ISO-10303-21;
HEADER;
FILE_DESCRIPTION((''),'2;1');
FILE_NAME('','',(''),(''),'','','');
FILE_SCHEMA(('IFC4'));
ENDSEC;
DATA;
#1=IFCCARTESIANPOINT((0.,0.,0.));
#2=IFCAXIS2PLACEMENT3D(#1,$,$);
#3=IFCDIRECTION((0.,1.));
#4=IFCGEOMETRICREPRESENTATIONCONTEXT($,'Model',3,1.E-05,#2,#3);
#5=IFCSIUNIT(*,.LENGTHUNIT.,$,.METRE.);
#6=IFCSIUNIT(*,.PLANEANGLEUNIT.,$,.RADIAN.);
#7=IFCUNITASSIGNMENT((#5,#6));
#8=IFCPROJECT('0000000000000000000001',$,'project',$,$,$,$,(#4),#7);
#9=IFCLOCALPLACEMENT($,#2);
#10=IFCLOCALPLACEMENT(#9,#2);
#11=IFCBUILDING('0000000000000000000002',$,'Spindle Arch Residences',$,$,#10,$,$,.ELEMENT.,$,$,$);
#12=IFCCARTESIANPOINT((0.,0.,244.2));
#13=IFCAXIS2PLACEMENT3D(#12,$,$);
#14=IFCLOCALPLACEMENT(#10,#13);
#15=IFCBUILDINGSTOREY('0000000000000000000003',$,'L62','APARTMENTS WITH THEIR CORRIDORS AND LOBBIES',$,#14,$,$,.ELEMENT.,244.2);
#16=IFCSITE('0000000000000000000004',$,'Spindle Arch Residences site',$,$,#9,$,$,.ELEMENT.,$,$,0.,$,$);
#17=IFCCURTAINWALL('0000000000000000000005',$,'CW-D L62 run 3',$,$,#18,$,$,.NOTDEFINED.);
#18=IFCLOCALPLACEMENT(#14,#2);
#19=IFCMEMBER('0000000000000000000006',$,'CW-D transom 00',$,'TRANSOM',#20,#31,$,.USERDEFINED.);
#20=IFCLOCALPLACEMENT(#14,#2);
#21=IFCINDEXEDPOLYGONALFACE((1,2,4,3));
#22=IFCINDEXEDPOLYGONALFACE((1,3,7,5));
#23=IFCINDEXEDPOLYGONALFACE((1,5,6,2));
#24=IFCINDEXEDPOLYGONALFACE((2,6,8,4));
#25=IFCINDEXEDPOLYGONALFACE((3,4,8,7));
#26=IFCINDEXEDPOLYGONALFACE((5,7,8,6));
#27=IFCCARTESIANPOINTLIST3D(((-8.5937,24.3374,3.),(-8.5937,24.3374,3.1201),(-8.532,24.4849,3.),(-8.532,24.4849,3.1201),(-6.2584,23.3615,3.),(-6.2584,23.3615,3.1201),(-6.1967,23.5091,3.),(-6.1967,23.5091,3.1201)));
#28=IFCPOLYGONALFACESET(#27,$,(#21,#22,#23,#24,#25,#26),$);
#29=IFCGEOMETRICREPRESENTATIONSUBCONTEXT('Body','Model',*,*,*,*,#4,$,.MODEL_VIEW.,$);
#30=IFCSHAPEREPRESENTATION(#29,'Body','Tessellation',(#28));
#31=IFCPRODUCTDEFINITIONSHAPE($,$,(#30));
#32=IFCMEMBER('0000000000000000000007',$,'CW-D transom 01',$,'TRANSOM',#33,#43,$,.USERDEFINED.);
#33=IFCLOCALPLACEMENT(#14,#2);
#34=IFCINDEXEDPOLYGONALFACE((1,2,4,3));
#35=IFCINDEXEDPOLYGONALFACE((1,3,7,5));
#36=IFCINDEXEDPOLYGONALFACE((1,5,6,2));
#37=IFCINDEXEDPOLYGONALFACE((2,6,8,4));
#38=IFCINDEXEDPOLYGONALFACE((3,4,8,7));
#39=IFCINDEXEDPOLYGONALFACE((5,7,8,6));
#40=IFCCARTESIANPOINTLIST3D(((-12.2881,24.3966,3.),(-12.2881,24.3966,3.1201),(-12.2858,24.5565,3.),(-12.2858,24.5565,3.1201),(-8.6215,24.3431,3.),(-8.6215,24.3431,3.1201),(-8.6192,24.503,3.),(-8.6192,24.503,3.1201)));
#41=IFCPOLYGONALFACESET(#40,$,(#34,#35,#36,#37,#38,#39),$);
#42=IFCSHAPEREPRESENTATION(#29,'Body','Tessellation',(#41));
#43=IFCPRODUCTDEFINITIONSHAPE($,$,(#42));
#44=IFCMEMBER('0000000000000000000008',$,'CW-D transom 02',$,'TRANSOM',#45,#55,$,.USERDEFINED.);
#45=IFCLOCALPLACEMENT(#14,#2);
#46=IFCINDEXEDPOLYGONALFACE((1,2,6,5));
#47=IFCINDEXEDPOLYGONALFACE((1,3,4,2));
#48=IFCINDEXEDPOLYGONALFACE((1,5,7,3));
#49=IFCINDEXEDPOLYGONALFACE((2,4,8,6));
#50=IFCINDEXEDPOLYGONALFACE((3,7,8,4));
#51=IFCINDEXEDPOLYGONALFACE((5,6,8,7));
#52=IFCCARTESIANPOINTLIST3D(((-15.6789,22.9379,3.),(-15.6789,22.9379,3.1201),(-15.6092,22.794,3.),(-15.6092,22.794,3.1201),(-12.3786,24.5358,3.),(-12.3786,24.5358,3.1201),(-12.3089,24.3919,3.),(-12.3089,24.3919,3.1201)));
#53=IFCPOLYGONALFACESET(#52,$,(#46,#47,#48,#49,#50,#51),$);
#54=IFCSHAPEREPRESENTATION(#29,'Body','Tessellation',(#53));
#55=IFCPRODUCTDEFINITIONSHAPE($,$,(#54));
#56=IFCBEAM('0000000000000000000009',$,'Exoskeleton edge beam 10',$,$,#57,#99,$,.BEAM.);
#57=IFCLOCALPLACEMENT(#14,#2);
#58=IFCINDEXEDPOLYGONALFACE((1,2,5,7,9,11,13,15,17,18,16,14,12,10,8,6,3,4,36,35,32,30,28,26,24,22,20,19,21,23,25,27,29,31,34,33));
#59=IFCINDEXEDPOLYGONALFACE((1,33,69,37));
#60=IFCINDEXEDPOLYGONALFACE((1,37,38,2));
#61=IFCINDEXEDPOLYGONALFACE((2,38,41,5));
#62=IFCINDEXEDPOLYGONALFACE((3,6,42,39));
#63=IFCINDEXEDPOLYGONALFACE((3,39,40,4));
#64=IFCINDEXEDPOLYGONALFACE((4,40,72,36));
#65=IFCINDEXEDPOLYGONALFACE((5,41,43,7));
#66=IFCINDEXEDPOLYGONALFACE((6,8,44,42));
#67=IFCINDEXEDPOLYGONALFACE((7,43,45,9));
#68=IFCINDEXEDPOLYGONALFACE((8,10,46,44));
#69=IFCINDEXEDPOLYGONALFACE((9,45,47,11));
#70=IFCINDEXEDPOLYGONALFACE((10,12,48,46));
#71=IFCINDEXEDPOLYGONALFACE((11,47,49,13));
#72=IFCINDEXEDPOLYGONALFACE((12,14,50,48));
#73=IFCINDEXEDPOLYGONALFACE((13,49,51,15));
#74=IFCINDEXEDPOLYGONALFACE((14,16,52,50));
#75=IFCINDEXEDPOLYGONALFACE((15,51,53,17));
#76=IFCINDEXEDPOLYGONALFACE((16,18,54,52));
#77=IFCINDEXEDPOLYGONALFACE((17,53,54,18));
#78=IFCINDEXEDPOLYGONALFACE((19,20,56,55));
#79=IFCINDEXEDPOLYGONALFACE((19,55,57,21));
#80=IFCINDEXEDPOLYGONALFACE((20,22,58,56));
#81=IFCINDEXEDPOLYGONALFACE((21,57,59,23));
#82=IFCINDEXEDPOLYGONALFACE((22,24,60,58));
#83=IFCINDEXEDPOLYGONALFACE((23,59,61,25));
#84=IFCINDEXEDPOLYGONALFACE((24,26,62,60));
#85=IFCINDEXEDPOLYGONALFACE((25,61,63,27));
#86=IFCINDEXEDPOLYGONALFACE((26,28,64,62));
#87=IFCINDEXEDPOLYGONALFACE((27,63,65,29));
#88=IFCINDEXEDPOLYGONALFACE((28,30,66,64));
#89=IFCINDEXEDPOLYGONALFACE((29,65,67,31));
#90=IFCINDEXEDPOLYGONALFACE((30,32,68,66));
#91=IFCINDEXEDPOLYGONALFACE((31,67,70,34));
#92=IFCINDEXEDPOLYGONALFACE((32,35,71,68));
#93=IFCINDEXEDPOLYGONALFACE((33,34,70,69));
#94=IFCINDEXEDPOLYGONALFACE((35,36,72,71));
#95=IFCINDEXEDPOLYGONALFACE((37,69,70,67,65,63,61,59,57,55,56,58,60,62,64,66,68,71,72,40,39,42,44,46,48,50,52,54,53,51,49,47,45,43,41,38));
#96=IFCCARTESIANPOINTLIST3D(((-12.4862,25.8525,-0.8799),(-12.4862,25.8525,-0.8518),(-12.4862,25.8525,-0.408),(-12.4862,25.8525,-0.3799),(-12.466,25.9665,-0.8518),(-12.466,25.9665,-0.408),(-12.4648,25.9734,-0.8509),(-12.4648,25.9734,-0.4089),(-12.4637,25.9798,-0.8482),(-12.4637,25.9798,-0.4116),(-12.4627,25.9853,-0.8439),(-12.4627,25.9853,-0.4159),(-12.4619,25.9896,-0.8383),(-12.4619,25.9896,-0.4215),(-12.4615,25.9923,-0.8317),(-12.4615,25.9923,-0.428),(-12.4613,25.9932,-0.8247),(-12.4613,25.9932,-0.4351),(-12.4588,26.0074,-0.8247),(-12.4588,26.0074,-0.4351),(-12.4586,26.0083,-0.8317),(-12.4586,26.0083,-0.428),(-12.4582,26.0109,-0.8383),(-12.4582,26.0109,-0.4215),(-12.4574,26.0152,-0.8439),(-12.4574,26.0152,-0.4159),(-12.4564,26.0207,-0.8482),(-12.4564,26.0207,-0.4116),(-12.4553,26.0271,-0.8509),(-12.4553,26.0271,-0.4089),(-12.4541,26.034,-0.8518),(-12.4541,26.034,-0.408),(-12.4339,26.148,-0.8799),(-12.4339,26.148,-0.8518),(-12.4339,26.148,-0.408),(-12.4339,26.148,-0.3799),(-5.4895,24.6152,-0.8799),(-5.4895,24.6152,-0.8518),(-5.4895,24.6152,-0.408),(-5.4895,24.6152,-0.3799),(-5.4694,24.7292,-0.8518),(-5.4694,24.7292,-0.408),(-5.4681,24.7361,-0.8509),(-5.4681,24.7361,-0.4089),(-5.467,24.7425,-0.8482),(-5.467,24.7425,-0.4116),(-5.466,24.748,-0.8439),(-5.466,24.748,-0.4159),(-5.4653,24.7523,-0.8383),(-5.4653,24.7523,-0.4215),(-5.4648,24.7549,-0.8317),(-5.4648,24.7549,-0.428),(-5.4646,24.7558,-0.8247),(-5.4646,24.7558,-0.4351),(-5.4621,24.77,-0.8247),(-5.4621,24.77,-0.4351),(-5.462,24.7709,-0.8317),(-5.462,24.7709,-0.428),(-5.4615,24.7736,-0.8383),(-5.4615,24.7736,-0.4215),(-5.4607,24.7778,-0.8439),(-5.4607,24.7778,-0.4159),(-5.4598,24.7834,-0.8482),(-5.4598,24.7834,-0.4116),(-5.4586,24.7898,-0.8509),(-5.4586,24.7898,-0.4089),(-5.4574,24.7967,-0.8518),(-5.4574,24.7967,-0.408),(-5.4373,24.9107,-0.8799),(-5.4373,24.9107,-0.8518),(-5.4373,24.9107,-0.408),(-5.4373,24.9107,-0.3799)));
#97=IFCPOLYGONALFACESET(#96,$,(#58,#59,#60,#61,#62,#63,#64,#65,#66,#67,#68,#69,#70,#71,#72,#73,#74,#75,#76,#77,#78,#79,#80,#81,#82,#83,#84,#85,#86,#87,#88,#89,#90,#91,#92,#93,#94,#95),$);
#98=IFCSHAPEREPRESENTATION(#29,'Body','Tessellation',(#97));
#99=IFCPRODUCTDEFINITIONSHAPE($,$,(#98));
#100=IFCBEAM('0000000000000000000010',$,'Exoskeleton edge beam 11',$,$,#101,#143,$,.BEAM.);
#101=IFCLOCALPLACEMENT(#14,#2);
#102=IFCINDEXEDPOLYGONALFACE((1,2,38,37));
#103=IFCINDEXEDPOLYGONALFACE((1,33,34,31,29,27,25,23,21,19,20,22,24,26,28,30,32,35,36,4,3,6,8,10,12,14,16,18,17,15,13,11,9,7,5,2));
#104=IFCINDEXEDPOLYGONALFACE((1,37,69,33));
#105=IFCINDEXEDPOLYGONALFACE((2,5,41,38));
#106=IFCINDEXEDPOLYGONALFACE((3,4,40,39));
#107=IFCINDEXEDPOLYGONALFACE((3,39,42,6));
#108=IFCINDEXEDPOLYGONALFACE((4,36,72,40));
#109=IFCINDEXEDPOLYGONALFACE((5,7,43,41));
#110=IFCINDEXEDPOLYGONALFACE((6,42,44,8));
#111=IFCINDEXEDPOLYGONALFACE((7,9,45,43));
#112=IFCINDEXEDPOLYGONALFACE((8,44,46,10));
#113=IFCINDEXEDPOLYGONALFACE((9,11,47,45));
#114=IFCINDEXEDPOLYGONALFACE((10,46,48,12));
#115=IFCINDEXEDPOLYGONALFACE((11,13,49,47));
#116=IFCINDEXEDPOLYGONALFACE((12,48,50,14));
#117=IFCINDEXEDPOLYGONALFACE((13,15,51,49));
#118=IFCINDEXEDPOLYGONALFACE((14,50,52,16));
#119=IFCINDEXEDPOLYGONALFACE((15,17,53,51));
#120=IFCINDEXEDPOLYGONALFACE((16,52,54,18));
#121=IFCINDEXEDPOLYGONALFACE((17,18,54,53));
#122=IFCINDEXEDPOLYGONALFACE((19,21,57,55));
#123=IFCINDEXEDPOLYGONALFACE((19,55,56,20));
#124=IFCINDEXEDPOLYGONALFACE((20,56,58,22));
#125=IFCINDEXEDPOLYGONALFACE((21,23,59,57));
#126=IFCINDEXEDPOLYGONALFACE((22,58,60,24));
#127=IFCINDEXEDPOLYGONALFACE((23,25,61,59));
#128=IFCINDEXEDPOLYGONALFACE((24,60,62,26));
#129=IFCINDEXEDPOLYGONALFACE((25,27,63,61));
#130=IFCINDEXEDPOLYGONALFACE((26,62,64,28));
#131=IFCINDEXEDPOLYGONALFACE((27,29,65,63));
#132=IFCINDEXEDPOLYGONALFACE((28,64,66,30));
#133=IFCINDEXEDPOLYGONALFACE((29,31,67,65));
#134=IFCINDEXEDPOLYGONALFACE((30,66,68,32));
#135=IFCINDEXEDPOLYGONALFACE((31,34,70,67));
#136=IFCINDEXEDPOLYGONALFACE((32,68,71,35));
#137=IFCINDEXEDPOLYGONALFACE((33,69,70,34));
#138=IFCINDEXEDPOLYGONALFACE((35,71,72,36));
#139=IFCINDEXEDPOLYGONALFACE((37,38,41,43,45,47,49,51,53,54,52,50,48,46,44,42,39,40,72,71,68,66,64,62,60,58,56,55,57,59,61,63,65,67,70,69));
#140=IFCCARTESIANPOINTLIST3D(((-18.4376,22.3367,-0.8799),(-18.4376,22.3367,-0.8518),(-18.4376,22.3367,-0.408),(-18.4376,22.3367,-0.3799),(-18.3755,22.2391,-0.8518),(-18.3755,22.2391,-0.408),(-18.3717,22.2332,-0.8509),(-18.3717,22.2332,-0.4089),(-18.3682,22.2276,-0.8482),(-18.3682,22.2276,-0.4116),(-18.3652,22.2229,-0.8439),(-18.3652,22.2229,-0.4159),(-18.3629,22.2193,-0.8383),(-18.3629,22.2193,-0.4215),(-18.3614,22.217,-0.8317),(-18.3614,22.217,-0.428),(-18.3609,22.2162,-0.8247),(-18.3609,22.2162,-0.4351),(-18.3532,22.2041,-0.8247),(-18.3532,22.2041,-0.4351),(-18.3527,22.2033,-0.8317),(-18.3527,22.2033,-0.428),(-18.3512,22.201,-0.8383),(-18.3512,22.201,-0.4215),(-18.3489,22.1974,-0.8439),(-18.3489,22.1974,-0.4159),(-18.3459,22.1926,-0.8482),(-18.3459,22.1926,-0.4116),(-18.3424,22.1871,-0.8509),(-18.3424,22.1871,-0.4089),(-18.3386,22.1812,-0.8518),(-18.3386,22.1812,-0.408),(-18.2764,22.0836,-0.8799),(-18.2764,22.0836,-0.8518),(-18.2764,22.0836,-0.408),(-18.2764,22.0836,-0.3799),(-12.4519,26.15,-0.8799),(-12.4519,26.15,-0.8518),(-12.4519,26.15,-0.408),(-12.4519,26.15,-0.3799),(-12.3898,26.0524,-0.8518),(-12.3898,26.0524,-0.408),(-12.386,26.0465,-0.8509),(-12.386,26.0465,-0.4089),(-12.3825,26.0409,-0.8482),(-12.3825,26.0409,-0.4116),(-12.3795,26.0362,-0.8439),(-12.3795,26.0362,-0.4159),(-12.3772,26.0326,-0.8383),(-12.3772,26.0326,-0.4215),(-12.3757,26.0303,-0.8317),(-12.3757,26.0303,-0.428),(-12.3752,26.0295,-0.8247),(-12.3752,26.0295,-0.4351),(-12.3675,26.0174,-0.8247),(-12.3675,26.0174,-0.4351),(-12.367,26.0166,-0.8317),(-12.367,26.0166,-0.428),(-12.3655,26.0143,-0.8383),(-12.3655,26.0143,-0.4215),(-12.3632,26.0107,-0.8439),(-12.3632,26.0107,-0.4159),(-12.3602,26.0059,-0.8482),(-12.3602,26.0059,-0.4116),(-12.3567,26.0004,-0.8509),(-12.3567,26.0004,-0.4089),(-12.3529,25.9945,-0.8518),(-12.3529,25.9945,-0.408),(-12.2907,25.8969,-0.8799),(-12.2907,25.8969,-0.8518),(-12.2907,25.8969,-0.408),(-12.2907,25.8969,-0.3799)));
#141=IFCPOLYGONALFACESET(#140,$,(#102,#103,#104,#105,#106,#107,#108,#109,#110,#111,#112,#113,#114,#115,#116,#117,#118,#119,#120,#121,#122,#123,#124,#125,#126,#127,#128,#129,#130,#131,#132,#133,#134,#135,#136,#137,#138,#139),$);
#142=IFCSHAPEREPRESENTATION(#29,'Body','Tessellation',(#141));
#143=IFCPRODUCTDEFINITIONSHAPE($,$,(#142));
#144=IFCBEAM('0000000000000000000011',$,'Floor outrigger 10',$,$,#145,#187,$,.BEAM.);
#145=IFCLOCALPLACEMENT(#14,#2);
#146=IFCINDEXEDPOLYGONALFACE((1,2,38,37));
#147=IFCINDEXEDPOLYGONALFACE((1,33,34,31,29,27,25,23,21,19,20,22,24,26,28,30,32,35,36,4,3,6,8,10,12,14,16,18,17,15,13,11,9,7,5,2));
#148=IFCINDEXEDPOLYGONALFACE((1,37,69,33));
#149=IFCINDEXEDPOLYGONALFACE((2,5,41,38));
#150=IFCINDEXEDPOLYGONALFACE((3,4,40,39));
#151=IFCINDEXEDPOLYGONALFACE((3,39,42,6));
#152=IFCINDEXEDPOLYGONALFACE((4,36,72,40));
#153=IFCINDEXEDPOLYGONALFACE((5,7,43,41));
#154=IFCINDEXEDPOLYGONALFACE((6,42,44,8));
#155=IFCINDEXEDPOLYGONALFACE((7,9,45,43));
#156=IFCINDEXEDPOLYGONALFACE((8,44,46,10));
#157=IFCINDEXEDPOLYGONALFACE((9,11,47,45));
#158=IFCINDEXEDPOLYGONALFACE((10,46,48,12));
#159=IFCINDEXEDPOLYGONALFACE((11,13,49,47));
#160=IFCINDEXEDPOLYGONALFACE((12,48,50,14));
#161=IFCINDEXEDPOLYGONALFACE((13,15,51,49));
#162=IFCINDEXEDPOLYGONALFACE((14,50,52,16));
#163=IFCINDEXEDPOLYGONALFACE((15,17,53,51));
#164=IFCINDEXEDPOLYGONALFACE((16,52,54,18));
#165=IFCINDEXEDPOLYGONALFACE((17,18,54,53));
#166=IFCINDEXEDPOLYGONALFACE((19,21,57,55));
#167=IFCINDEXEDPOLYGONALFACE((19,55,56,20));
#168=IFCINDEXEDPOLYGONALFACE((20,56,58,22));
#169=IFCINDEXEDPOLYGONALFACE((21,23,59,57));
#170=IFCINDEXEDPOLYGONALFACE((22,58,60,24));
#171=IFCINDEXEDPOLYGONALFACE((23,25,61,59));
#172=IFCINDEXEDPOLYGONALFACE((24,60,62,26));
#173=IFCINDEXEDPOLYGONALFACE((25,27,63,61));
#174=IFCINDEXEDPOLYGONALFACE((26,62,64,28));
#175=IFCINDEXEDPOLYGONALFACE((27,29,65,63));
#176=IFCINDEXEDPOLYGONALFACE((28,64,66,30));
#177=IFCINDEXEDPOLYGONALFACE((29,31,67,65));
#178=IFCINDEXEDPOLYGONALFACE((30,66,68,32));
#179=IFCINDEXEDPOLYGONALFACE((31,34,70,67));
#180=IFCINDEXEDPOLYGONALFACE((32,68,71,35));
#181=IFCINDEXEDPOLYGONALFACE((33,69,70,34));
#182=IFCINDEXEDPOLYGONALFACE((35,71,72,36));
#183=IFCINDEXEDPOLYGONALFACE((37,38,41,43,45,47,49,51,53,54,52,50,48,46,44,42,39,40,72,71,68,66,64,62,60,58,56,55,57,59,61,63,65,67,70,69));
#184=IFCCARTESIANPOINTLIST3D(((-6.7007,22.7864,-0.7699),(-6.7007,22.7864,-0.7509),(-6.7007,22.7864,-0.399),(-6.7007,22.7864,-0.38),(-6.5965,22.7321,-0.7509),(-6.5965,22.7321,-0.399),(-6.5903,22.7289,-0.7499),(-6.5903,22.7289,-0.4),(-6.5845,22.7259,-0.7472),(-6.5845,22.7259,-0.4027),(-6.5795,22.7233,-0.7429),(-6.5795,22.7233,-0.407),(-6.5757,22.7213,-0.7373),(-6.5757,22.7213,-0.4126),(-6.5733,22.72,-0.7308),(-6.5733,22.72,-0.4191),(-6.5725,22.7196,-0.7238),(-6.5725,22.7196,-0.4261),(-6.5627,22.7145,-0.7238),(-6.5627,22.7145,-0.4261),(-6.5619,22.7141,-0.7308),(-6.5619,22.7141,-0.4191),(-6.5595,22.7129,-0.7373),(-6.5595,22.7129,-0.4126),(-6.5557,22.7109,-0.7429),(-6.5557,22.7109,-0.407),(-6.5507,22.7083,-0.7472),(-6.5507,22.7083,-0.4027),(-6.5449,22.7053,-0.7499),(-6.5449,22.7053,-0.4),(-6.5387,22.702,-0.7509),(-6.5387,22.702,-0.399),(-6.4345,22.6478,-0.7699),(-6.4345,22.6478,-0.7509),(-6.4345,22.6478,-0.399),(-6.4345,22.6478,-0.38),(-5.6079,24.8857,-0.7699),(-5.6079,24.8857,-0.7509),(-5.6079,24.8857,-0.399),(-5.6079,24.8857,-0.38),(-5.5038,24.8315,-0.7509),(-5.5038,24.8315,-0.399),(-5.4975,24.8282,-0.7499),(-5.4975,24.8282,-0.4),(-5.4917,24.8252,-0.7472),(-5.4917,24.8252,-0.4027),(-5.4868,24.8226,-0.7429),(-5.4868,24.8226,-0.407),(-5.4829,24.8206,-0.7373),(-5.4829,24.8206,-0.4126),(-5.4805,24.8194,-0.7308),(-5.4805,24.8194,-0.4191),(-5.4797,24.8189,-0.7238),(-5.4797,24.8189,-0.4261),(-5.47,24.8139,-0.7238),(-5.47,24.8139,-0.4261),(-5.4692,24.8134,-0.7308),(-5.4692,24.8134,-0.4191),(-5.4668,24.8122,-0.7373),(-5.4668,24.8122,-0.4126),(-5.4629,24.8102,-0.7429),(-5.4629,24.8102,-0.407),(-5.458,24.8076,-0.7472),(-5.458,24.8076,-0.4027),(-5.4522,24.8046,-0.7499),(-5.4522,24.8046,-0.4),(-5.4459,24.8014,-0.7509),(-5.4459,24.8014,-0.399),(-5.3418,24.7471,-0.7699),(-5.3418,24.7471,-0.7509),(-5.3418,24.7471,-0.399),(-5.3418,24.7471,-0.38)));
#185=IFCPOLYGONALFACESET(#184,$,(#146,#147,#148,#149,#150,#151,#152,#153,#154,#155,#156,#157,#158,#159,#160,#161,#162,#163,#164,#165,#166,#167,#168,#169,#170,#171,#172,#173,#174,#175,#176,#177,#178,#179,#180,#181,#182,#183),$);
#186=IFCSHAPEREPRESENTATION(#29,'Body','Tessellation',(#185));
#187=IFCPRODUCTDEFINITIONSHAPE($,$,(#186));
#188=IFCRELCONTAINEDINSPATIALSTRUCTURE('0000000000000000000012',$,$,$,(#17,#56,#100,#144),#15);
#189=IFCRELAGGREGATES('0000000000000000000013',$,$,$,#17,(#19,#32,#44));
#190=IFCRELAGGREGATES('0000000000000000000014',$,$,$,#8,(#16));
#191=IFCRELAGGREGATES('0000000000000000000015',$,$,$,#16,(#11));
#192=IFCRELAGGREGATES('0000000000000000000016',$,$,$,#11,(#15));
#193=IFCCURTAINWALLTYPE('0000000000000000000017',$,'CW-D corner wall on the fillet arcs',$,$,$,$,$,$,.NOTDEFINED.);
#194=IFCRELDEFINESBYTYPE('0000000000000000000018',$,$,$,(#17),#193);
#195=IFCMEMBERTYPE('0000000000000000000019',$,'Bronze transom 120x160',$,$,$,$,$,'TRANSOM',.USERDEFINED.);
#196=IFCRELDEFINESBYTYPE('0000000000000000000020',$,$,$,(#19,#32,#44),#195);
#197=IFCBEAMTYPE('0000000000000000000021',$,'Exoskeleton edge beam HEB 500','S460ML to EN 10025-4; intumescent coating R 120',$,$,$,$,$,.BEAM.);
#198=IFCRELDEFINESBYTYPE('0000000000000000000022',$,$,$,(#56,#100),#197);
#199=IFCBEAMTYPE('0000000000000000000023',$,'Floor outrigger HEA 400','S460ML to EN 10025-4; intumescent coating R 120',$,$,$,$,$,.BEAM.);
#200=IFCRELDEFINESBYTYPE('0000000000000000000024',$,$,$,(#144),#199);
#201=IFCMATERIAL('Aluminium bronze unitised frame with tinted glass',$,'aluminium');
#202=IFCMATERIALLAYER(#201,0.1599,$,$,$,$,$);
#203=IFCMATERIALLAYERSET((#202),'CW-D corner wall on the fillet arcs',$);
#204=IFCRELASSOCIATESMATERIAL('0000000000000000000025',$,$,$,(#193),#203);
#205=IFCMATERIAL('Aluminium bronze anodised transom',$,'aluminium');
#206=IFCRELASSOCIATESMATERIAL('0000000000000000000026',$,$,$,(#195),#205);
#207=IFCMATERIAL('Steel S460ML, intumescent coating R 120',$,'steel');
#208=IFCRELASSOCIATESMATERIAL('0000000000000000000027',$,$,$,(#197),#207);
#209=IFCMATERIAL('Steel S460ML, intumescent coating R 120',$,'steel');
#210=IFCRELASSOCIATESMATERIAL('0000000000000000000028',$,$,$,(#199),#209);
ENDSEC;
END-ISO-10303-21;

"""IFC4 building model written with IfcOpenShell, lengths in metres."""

from ifc_helpers import new_model, si_unit, direction, frame, origin, origin_2d, place, context, subcontext, project, spatial, rectangle, i_section, extrude, material, layer, layer_set, material_profile, profile_set, type_object, element, aggregate, save


model = new_model("IFC4")

# Units and contexts
model_context = context("Model", 3, precision=1e-05, world=origin(), true_north=direction((0.0, 1.0)))
body_context = subcontext(model_context, "Body", "Model", "MODEL_VIEW")
ifc_project = project(units=[si_unit("LENGTHUNIT", "METRE"), si_unit("PLANEANGLEUNIT", "RADIAN")], contexts=[model_context])

# Site, building, storey
site_placement = place(None, origin())
site = spatial("IfcSite", under=ifc_project, at=site_placement, Name="Spindle Arch Residences site", CompositionType="ELEMENT", RefElevation=0.0)
building_placement = place(site_placement, origin())
building = spatial("IfcBuilding", under=site, at=building_placement, Name="Spindle Arch Residences", CompositionType="ELEMENT")
storey_placement = place(building_placement, frame((0.0, 0.0, 244.2)))
storey = spatial("IfcBuildingStorey", under=building, at=storey_placement, Name="L62", Description="APARTMENTS WITH THEIR CORRIDORS AND LOBBIES", CompositionType="ELEMENT", Elevation=244.2)

# Curtain wall, members
ifc_material_1 = material(Name="Aluminium bronze unitised frame with tinted glass", Category="aluminium")
ifc_layer_1 = layer(ifc_material_1, 0.1599)
ifc_layer_set_1 = layer_set([ifc_layer_1], Name="CW-D corner wall on the fillet arcs")
curtain_wall_type_1 = type_object("IfcCurtainWallType", Name="CW-D corner wall on the fillet arcs", PredefinedType="NOTDEFINED", material=ifc_layer_set_1)
curtain_wall_1_placement = place(storey_placement, origin())
curtain_wall_1 = element("IfcCurtainWall", 1, at=curtain_wall_1_placement, inside=storey, type_object=curtain_wall_type_1, Name="CW-D L62 run 3", PredefinedType="NOTDEFINED")
ifc_material_2 = material(Name="Aluminium bronze anodised transom", Category="aluminium")
ifc_material_profile_1 = material_profile(ifc_material_2, rectangle(XDim=0.1599, YDim=0.1201, at=origin_2d()), Name="TR 120x160")
ifc_profile_set_1 = profile_set([ifc_material_profile_1], Name="Aluminium bronze anodised transom")
member_type_1 = type_object("IfcMemberType", Name="Bronze transom 120x160", ElementType="TRANSOM", PredefinedType="USERDEFINED", material=ifc_profile_set_1)
member_1_placement = place(storey_placement, frame((-6.2275, 23.4353, 3.0601), z_axis=(-0.92268, 0.385567, 0.0), x_axis=(-0.385567, -0.92268, 0.0)))
member_1 = element("IfcMember", 2, at=member_1_placement, type_object=member_type_1, Name="CW-D transom 00", ObjectType="TRANSOM", PredefinedType="USERDEFINED", context=body_context, shape_type="SweptSolid", body=[
    extrude(rectangle(XDim=0.1599, YDim=0.1201, at=origin_2d()), origin(), (0.0, 0.0, 1.0), 2.531),
])
member_2_placement = place(storey_placement, frame((-8.6204, 24.4231, 3.0601), z_axis=(-0.999894, 0.014581, 0.0), x_axis=(-0.014581, -0.999894, 0.0)))
member_2 = element("IfcMember", 3, at=member_2_placement, type_object=member_type_1, Name="CW-D transom 01", ObjectType="TRANSOM", PredefinedType="USERDEFINED", context=body_context, shape_type="SweptSolid", body=[
    extrude(rectangle(XDim=0.1599, YDim=0.1201, at=origin_2d()), origin(), (0.0, 0.0, 1.0), 3.667),
])
member_3_placement = place(storey_placement, frame((-12.3438, 24.4639, 3.0601), z_axis=(-0.900054, -0.435778, 0.0), x_axis=(0.435778, -0.900054, 0.0)))
member_3 = element("IfcMember", 4, at=member_3_placement, type_object=member_type_1, Name="CW-D transom 02", ObjectType="TRANSOM", PredefinedType="USERDEFINED", context=body_context, shape_type="SweptSolid", body=[
    extrude(rectangle(XDim=0.1599, YDim=0.1201, at=origin_2d()), origin(), (0.0, 0.0, 1.0), 3.6667),
])

# Beams
ifc_material_3 = material(Name="Steel S460ML, intumescent coating R 120", Category="steel")
ifc_material_profile_2 = material_profile(ifc_material_3, i_section(OverallWidth=0.3, OverallDepth=0.5, WebThickness=0.0144, FlangeThickness=0.0281, FilletRadius=0.0271, at=origin_2d()), Name="HEB 500")
ifc_profile_set_2 = profile_set([ifc_material_profile_2], Name="Steel S460ML, intumescent coating R 120")
beam_type_1 = type_object("IfcBeamType", Name="Exoskeleton edge beam HEB 500", Description="S460ML to EN 10025-4; intumescent coating R 120", PredefinedType="BEAM", material=ifc_profile_set_2)
beam_1_placement = place(storey_placement, frame((-5.4634, 24.7629, -0.6299), z_axis=(-0.984721, 0.174142, 0.0), x_axis=(-0.174142, -0.984721, 0.0)))
element("IfcBeam", 5, at=beam_1_placement, inside=storey, type_object=beam_type_1, Name="Exoskeleton edge beam 10", PredefinedType="BEAM", context=body_context, shape_type="SweptSolid", body=[
    extrude(i_section(OverallWidth=0.3, OverallDepth=0.5, WebThickness=0.0144, FlangeThickness=0.0281, FilletRadius=0.0271, at=origin_2d()), origin(), (0.0, 0.0, 1.0), 7.1052),
])
beam_2_placement = place(storey_placement, frame((-12.3713, 26.0234, -0.6299), z_axis=(-0.843392, -0.537298, 0.0), x_axis=(0.537298, -0.843392, 0.0)))
element("IfcBeam", 6, at=beam_2_placement, inside=storey, type_object=beam_type_1, Name="Exoskeleton edge beam 11", PredefinedType="BEAM", context=body_context, shape_type="SweptSolid", body=[
    extrude(i_section(OverallWidth=0.3, OverallDepth=0.5, WebThickness=0.0144, FlangeThickness=0.0281, FilletRadius=0.0271, at=origin_2d()), origin(), (0.0, 0.0, 1.0), 7.0972),
])
ifc_material_4 = material(Name="Steel S460ML, intumescent coating R 120", Category="steel")
ifc_material_profile_3 = material_profile(ifc_material_4, i_section(OverallWidth=0.3, OverallDepth=0.3899, WebThickness=0.011, FlangeThickness=0.019, FilletRadius=0.0271, at=origin_2d()), Name="HEA 400")
ifc_profile_set_3 = profile_set([ifc_material_profile_3], Name="Steel S460ML, intumescent coating R 120")
beam_type_2 = type_object("IfcBeamType", Name="Floor outrigger HEA 400", Description="S460ML to EN 10025-4; intumescent coating R 120", PredefinedType="BEAM", material=ifc_profile_set_3)
beam_3_placement = place(storey_placement, frame((-5.4749, 24.8164, -0.575), z_axis=(-0.46172, -0.887026, 0.0), x_axis=(0.887026, -0.46172, 0.0)))
element("IfcBeam", 7, at=beam_3_placement, inside=storey, type_object=beam_type_2, Name="Floor outrigger 10", PredefinedType="BEAM", context=body_context, shape_type="SweptSolid", body=[
    extrude(i_section(OverallWidth=0.3, OverallDepth=0.3899, WebThickness=0.011, FlangeThickness=0.019, FilletRadius=0.0271, at=origin_2d()), origin(), (0.0, 0.0, 1.0), 2.3667),
])

aggregate(curtain_wall_1, [member_1, member_2, member_3])

save(model, "model.ifc")
